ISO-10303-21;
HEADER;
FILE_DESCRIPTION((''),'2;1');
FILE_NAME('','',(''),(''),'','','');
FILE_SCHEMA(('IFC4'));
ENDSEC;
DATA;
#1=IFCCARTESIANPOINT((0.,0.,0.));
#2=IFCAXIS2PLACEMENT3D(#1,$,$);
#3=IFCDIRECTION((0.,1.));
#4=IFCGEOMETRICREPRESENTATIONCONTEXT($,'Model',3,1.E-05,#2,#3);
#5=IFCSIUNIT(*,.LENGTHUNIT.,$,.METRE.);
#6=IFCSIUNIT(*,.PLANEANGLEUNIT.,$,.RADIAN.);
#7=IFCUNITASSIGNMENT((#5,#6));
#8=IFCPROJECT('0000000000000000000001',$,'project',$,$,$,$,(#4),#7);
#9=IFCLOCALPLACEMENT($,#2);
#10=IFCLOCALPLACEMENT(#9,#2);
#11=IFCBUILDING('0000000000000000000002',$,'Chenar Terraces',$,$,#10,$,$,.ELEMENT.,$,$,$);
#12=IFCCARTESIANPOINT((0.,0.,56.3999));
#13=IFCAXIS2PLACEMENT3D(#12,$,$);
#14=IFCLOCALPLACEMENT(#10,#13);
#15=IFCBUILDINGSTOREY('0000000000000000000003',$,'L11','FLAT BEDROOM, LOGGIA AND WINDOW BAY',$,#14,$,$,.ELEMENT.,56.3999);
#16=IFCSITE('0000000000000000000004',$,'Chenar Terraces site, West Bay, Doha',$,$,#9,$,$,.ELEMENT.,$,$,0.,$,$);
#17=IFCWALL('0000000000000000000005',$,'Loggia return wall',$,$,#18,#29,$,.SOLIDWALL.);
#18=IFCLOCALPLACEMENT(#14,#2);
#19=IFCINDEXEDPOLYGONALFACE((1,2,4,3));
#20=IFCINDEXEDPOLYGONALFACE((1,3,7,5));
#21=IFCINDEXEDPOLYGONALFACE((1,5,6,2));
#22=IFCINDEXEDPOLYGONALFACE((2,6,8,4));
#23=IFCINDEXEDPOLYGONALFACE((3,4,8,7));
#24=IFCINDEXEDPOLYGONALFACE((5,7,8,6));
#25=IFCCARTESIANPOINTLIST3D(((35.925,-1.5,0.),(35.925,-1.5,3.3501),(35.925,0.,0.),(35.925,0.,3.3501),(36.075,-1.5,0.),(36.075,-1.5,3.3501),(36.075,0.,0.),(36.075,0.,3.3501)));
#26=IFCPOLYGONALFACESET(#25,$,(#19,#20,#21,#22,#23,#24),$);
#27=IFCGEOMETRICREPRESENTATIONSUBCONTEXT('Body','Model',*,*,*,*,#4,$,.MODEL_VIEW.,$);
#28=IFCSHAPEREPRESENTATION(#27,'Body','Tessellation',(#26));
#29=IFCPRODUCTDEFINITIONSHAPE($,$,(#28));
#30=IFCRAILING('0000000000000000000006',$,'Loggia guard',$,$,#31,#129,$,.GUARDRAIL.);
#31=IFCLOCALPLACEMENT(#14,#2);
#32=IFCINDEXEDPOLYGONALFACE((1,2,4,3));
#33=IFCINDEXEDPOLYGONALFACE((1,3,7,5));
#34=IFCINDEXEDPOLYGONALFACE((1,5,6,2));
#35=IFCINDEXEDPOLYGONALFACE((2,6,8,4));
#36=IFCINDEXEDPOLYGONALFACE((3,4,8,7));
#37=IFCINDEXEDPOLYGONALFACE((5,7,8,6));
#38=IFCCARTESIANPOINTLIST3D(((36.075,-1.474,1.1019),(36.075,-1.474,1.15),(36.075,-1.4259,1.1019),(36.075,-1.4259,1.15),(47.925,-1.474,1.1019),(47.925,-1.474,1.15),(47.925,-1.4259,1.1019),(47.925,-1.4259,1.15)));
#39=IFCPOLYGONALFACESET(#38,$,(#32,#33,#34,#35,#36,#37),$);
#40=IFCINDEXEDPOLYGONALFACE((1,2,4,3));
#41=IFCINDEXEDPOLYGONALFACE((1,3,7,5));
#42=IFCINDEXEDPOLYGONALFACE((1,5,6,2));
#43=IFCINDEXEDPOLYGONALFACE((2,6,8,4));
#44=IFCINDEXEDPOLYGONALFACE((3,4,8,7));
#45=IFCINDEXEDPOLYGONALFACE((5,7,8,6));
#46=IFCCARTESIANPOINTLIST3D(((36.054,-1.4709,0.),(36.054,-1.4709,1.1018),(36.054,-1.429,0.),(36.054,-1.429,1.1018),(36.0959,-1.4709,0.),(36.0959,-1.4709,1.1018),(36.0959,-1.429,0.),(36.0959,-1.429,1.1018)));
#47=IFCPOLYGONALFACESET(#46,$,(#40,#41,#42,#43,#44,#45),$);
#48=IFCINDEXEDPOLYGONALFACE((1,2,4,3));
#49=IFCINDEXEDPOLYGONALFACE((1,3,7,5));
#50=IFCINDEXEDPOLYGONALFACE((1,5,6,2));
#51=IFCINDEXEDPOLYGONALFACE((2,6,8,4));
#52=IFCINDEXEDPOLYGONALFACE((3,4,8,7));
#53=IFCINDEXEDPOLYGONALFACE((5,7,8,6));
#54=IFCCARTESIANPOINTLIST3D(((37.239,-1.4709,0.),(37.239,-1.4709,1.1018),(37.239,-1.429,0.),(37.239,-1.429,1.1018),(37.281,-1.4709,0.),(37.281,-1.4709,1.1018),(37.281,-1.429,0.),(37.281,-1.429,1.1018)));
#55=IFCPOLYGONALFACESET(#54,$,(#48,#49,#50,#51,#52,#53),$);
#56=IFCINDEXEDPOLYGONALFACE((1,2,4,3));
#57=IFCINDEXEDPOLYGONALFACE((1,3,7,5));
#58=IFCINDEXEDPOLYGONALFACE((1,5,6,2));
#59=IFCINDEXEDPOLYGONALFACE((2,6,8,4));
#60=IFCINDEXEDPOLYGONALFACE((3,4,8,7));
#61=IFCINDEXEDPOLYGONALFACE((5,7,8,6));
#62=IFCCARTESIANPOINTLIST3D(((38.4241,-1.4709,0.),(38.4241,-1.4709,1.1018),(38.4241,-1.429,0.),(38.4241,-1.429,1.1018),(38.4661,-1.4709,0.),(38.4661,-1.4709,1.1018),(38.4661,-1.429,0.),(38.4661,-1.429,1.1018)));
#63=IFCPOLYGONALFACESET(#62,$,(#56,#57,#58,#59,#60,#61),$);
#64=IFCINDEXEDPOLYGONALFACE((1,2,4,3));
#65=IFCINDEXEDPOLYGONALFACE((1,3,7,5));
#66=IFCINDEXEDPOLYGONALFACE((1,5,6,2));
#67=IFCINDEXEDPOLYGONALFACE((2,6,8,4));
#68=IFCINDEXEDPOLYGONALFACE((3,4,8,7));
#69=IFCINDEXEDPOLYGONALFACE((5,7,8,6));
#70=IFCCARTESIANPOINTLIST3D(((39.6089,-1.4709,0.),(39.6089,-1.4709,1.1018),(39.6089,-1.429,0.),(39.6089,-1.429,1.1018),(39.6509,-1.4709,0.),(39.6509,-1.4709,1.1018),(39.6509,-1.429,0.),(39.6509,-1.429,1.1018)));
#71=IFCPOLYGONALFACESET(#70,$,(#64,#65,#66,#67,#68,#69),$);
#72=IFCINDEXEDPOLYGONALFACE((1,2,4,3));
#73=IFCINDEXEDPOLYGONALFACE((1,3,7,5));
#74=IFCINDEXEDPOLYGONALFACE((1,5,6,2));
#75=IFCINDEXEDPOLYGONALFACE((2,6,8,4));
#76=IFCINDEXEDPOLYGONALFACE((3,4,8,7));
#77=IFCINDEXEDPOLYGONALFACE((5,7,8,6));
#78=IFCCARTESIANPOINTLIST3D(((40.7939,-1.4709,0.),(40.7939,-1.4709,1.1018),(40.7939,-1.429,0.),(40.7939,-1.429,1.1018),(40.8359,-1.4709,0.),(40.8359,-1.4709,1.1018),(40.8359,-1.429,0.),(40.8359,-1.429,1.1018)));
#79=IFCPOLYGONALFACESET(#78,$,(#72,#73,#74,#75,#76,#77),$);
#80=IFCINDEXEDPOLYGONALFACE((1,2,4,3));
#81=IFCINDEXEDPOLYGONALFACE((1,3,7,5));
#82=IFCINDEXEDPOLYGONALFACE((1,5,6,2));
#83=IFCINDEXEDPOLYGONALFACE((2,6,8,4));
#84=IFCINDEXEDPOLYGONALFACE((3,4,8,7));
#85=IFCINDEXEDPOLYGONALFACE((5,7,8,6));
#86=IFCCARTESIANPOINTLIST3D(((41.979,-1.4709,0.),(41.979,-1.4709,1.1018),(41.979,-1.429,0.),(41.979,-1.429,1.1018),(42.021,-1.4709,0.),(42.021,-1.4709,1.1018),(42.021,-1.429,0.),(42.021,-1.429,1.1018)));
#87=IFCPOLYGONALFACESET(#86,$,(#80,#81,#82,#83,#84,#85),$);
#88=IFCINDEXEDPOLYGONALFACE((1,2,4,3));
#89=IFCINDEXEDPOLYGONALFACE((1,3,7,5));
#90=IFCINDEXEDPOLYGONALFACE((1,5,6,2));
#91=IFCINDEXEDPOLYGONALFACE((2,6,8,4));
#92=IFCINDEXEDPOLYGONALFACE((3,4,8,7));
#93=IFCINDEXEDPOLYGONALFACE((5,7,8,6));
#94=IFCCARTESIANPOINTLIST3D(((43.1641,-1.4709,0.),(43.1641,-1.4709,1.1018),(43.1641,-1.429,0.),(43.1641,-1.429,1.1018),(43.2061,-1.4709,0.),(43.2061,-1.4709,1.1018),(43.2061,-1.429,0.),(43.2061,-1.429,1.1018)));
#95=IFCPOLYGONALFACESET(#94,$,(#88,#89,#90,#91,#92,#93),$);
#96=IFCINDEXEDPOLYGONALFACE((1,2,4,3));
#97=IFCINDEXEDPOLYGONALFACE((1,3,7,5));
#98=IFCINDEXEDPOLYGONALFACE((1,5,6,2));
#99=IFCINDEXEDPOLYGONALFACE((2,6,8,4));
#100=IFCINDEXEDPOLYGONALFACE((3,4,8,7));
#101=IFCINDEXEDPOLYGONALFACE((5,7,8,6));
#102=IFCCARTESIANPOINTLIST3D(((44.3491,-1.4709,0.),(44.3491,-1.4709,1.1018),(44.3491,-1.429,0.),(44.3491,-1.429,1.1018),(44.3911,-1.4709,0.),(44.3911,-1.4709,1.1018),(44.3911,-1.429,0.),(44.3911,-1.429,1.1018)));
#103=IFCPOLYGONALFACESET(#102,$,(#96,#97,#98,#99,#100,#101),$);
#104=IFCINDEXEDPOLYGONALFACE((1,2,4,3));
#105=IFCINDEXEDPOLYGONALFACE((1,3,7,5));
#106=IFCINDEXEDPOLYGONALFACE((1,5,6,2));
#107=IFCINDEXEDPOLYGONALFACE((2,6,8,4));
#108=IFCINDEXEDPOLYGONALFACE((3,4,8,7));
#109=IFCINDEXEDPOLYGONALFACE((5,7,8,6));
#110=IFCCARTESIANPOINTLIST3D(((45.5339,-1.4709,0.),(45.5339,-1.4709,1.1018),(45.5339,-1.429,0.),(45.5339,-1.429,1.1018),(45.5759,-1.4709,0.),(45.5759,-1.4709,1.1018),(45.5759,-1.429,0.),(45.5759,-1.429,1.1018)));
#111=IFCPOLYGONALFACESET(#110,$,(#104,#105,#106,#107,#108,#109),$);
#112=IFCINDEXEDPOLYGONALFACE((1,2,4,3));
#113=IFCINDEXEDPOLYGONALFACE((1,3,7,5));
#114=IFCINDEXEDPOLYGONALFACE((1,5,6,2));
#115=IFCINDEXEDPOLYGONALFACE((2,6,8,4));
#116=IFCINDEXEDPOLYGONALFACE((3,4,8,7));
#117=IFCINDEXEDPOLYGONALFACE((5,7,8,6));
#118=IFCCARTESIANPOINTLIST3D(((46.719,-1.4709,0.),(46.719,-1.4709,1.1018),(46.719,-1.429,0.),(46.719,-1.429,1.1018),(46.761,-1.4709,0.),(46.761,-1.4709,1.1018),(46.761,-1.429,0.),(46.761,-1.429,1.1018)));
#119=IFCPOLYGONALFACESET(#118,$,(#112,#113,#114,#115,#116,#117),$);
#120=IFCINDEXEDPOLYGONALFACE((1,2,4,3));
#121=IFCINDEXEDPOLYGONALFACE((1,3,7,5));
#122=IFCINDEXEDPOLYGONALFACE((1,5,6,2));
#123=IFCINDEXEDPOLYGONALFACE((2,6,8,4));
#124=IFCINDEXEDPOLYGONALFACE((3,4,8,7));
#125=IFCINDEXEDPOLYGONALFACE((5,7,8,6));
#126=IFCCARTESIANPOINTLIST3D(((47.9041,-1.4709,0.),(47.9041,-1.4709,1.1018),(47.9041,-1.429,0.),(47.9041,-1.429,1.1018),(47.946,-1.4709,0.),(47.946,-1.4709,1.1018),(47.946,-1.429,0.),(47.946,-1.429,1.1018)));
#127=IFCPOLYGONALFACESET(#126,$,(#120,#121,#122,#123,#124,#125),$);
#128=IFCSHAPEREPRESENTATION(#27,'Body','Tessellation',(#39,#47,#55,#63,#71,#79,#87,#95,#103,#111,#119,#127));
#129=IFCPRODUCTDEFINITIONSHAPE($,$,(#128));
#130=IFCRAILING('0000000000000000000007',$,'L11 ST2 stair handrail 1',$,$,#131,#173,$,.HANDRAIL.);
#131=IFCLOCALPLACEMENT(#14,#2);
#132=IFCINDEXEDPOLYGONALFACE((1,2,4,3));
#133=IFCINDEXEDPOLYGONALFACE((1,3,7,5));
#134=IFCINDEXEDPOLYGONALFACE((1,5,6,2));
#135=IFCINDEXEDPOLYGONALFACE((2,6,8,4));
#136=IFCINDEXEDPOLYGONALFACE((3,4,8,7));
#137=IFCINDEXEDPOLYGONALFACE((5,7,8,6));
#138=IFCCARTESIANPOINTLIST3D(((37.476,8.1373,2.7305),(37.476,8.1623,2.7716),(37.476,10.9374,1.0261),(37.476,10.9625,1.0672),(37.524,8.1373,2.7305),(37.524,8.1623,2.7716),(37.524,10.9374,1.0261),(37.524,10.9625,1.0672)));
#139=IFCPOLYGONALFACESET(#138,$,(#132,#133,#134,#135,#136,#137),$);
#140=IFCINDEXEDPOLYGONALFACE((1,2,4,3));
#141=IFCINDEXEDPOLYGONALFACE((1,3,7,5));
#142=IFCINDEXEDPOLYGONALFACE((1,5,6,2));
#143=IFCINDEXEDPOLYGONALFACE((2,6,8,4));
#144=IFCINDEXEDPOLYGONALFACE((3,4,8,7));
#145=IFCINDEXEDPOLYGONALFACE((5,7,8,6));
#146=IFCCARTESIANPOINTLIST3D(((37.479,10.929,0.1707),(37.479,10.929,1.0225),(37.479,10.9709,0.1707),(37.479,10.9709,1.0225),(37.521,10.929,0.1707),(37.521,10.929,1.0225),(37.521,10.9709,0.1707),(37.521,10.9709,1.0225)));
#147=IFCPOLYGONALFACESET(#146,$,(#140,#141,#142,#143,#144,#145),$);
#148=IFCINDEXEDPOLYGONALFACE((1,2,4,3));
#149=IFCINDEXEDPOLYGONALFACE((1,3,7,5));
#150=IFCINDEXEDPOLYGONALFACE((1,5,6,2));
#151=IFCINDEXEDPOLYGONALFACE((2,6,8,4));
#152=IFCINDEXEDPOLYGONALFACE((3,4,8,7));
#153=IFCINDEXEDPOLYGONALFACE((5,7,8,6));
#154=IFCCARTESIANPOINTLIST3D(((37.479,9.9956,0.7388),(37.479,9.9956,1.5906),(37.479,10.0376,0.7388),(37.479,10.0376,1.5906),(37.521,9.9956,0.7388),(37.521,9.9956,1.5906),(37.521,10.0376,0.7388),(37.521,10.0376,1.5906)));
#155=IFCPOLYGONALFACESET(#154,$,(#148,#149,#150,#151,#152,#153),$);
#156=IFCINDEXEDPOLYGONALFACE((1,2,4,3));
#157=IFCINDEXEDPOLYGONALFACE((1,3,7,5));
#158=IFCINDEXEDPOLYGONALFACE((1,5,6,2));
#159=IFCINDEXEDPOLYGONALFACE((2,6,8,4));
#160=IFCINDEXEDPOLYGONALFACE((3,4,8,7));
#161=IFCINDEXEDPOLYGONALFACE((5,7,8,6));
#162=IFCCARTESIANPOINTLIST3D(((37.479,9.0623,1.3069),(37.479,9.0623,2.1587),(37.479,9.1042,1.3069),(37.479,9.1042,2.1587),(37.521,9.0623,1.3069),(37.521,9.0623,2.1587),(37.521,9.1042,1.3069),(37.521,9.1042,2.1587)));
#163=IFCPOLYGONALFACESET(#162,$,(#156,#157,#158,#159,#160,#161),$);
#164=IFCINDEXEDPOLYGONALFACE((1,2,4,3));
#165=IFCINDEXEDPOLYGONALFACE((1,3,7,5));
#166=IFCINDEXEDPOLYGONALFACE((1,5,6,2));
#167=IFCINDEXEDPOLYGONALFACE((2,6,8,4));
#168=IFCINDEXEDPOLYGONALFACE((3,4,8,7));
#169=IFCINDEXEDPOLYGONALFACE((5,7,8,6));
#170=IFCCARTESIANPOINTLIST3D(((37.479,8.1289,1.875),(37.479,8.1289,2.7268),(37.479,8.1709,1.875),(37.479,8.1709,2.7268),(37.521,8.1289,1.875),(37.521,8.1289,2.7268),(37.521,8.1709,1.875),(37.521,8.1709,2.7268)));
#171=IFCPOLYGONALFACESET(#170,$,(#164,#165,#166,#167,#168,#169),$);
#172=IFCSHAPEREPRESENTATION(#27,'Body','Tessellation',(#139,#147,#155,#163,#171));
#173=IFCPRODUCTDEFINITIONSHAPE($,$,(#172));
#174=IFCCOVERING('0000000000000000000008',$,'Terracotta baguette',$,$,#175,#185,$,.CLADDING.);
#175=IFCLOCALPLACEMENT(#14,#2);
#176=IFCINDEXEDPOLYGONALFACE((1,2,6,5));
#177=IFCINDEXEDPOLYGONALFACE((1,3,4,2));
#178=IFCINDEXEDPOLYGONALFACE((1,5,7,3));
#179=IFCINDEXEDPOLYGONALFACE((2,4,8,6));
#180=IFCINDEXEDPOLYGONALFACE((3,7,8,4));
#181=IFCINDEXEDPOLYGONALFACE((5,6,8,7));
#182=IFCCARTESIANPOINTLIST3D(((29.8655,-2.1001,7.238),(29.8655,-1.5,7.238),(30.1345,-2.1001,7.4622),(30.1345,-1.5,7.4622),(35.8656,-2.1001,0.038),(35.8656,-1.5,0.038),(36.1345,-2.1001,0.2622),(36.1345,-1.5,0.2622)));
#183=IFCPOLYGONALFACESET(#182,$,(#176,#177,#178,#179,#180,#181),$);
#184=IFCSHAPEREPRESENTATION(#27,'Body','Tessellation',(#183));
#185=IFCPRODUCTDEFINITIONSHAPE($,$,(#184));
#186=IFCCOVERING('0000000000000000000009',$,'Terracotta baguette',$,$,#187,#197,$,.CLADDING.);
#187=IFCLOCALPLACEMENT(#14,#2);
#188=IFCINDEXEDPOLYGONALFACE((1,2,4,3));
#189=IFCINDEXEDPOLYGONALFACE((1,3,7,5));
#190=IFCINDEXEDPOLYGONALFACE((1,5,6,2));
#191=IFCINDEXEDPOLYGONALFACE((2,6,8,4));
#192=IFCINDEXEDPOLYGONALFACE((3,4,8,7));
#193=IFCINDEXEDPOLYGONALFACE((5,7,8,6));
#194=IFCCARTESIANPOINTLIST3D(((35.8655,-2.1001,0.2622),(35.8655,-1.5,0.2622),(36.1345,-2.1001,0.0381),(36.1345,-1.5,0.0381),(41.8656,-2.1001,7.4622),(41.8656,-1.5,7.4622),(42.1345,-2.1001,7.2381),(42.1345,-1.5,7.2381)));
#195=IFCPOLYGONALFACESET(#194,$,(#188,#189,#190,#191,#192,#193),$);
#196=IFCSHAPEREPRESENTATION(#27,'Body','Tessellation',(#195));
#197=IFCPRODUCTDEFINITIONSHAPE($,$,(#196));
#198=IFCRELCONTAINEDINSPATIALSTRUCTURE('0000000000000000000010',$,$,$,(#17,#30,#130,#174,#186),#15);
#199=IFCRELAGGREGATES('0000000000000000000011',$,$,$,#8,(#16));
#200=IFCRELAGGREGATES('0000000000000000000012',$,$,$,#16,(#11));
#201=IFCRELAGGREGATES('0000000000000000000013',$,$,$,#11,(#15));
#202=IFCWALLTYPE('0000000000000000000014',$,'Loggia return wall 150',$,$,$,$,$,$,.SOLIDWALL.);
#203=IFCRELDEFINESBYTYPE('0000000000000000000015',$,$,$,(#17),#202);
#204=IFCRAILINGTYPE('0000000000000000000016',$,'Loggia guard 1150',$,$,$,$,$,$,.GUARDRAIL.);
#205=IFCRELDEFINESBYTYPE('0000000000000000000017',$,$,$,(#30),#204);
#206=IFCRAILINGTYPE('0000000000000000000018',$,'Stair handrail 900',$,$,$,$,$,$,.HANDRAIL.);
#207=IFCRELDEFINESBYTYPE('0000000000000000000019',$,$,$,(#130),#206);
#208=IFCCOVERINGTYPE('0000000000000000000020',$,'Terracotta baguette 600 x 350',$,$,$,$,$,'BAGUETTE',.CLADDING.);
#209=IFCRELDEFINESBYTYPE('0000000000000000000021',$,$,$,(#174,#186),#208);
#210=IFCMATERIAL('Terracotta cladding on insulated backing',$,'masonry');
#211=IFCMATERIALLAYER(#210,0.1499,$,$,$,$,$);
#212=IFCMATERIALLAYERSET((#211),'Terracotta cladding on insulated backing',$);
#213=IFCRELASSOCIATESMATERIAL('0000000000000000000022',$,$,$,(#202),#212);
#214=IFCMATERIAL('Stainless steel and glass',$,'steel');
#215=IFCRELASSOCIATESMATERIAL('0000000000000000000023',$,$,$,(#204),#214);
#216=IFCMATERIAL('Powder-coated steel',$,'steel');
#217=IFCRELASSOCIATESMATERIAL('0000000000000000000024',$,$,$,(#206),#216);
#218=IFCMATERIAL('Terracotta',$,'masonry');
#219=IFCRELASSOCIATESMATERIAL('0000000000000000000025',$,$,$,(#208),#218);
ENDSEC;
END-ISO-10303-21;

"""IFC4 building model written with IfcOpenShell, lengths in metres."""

from ifc_helpers import new_model, si_unit, direction, frame, frame_2d, origin, origin_2d, place, context, subcontext, project, spatial, rectangle, extrude, material, layer, layer_set, material_profile, profile_set, type_object, element, save


model = new_model("IFC4")

# Units and contexts
model_context = context("Model", 3, precision=1e-05, world=origin(), true_north=direction((0.0, 1.0)))
body_context = subcontext(model_context, "Body", "Model", "MODEL_VIEW")
ifc_project = project(units=[si_unit("LENGTHUNIT", "METRE"), si_unit("PLANEANGLEUNIT", "RADIAN")], contexts=[model_context])

# Site, building, storey
site_placement = place(None, origin())
site = spatial("IfcSite", under=ifc_project, at=site_placement, Name="Chenar Terraces site, West Bay, Doha", CompositionType="ELEMENT", RefElevation=0.0)
building_placement = place(site_placement, origin())
building = spatial("IfcBuilding", under=site, at=building_placement, Name="Chenar Terraces", CompositionType="ELEMENT")
storey_placement = place(building_placement, frame((0.0, 0.0, 56.3999)))
storey = spatial("IfcBuildingStorey", under=building, at=storey_placement, Name="L11", Description="FLAT BEDROOM, LOGGIA AND WINDOW BAY", CompositionType="ELEMENT", Elevation=56.3999)

# Wall
ifc_material_1 = material(Name="Terracotta cladding on insulated backing", Category="masonry")
ifc_layer_1 = layer(ifc_material_1, 0.1499)
ifc_layer_set_1 = layer_set([ifc_layer_1], Name="Terracotta cladding on insulated backing")
wall_type_1 = type_object("IfcWallType", Name="Loggia return wall 150", PredefinedType="SOLIDWALL", material=ifc_layer_set_1)
wall_1_placement = place(storey_placement, frame((36.0, -1.5, 0.0), z_axis=(0.0, 0.0, 1.0), x_axis=(0.0, 1.0, 0.0)))
element("IfcWall", 1, at=wall_1_placement, inside=storey, type_object=wall_type_1, Name="Loggia return wall", PredefinedType="SOLIDWALL", context=body_context, shape_type="SweptSolid", body=[
    extrude(rectangle(XDim=1.5, YDim=0.1499, at=frame_2d((0.75, 0.0))), origin(), (0.0, 0.0, 1.0), 3.3501),
])

# Railings
ifc_material_2 = material(Name="Stainless steel and glass", Category="steel")
railing_type_1 = type_object("IfcRailingType", Name="Loggia guard 1150", PredefinedType="GUARDRAIL", material=ifc_material_2)
railing_1_placement = place(storey_placement, frame((36.075, -1.45, 0.0)))
element("IfcRailing", 2, at=railing_1_placement, inside=storey, type_object=railing_type_1, Name="Loggia guard", PredefinedType="GUARDRAIL", context=body_context, shape_type="SweptSolid", body=[
    extrude(rectangle(XDim=0.0481, YDim=0.0481, at=origin_2d()), frame((0.0, 0.0, 1.126), z_axis=(1.0, 0.0, 0.0), x_axis=(0.0, 1.0, 0.0)), (0.0, 0.0, 1.0), 11.8501),
    extrude(rectangle(XDim=0.042, YDim=0.042, at=origin_2d()), origin(), (0.0, 0.0, 1.0), 1.1018),
    extrude(rectangle(XDim=0.042, YDim=0.042, at=origin_2d()), frame((1.1851, 0.0, 0.0)), (0.0, 0.0, 1.0), 1.1018),
    extrude(rectangle(XDim=0.042, YDim=0.042, at=origin_2d()), frame((2.3701, 0.0, 0.0)), (0.0, 0.0, 1.0), 1.1018),
    extrude(rectangle(XDim=0.042, YDim=0.042, at=origin_2d()), frame((3.5549, 0.0, 0.0)), (0.0, 0.0, 1.0), 1.1018),
    extrude(rectangle(XDim=0.042, YDim=0.042, at=origin_2d()), frame((4.74, 0.0, 0.0)), (0.0, 0.0, 1.0), 1.1018),
    extrude(rectangle(XDim=0.042, YDim=0.042, at=origin_2d()), frame((5.925, 0.0, 0.0)), (0.0, 0.0, 1.0), 1.1018),
    extrude(rectangle(XDim=0.042, YDim=0.042, at=origin_2d()), frame((7.1101, 0.0, 0.0)), (0.0, 0.0, 1.0), 1.1018),
    extrude(rectangle(XDim=0.042, YDim=0.042, at=origin_2d()), frame((8.2952, 0.0, 0.0)), (0.0, 0.0, 1.0), 1.1018),
    extrude(rectangle(XDim=0.042, YDim=0.042, at=origin_2d()), frame((9.48, 0.0, 0.0)), (0.0, 0.0, 1.0), 1.1018),
    extrude(rectangle(XDim=0.042, YDim=0.042, at=origin_2d()), frame((10.665, 0.0, 0.0)), (0.0, 0.0, 1.0), 1.1018),
    extrude(rectangle(XDim=0.042, YDim=0.042, at=origin_2d()), frame((11.8501, 0.0, 0.0)), (0.0, 0.0, 1.0), 1.1018),
])
ifc_material_3 = material(Name="Powder-coated steel", Category="steel")
railing_type_2 = type_object("IfcRailingType", Name="Stair handrail 900", PredefinedType="HANDRAIL", material=ifc_material_3)
railing_2_placement = place(storey_placement, frame((37.5, 10.95, 0.1707)))
element("IfcRailing", 3, at=railing_2_placement, inside=storey, type_object=railing_type_2, Name="L11 ST2 stair handrail 1", PredefinedType="HANDRAIL", context=body_context, shape_type="SweptSolid", body=[
    extrude(rectangle(XDim=0.0481, YDim=0.0481, at=origin_2d()), frame((0.0, 0.0, 0.876), z_axis=(0.0, -0.854203, 0.51994), x_axis=(1.0, 0.0, 0.0)), (0.0, 0.0, 1.0), 3.2781),
    extrude(rectangle(XDim=0.042, YDim=0.042, at=origin_2d()), origin(), (0.0, 0.0, 1.0), 0.8518),
    extrude(rectangle(XDim=0.042, YDim=0.042, at=origin_2d()), frame((0.0, -0.9333, 0.5681)), (0.0, 0.0, 1.0), 0.8518),
    extrude(rectangle(XDim=0.042, YDim=0.042, at=origin_2d()), frame((0.0, -1.8667, 1.1362)), (0.0, 0.0, 1.0), 0.8518),
    extrude(rectangle(XDim=0.042, YDim=0.042, at=origin_2d()), frame((0.0, -2.8, 1.7043)), (0.0, 0.0, 1.0), 0.8518),
])

# Coverings
ifc_material_4 = material(Name="Terracotta", Category="masonry")
ifc_material_profile_1 = material_profile(ifc_material_4, rectangle(XDim=0.6001, YDim=0.3501, at=origin_2d()), Name="Terracotta baguette 600 x 350")
ifc_profile_set_1 = profile_set([ifc_material_profile_1], Name="Terracotta")
covering_type = type_object("IfcCoveringType", Name="Terracotta baguette 600 x 350", ElementType="BAGUETTE", PredefinedType="CLADDING", material=ifc_profile_set_1)
for number, where, z_axis, x_axis, name in (
    (4, (30.0, -1.8, 7.3501), (0.640187, 0.0, -0.768219), (0.0, 1.0, 0.0), "Terracotta baguette"),
    (5, (36.0, -1.8, 0.1501), (0.640187, 0.0, 0.768219), (0.0, 1.0, 0.0), "Terracotta baguette"),
):
    element("IfcCovering", number, at=place(storey_placement, frame(where, z_axis=z_axis, x_axis=x_axis)), inside=storey, type_object=covering_type, Name=name, PredefinedType="CLADDING", context=body_context, shape_type="SweptSolid", body=[
        extrude(rectangle(XDim=0.6001, YDim=0.3501, at=origin_2d()), origin(), (0.0, 0.0, 1.0), 9.3723),
    ])

save(model, "model.ifc")
